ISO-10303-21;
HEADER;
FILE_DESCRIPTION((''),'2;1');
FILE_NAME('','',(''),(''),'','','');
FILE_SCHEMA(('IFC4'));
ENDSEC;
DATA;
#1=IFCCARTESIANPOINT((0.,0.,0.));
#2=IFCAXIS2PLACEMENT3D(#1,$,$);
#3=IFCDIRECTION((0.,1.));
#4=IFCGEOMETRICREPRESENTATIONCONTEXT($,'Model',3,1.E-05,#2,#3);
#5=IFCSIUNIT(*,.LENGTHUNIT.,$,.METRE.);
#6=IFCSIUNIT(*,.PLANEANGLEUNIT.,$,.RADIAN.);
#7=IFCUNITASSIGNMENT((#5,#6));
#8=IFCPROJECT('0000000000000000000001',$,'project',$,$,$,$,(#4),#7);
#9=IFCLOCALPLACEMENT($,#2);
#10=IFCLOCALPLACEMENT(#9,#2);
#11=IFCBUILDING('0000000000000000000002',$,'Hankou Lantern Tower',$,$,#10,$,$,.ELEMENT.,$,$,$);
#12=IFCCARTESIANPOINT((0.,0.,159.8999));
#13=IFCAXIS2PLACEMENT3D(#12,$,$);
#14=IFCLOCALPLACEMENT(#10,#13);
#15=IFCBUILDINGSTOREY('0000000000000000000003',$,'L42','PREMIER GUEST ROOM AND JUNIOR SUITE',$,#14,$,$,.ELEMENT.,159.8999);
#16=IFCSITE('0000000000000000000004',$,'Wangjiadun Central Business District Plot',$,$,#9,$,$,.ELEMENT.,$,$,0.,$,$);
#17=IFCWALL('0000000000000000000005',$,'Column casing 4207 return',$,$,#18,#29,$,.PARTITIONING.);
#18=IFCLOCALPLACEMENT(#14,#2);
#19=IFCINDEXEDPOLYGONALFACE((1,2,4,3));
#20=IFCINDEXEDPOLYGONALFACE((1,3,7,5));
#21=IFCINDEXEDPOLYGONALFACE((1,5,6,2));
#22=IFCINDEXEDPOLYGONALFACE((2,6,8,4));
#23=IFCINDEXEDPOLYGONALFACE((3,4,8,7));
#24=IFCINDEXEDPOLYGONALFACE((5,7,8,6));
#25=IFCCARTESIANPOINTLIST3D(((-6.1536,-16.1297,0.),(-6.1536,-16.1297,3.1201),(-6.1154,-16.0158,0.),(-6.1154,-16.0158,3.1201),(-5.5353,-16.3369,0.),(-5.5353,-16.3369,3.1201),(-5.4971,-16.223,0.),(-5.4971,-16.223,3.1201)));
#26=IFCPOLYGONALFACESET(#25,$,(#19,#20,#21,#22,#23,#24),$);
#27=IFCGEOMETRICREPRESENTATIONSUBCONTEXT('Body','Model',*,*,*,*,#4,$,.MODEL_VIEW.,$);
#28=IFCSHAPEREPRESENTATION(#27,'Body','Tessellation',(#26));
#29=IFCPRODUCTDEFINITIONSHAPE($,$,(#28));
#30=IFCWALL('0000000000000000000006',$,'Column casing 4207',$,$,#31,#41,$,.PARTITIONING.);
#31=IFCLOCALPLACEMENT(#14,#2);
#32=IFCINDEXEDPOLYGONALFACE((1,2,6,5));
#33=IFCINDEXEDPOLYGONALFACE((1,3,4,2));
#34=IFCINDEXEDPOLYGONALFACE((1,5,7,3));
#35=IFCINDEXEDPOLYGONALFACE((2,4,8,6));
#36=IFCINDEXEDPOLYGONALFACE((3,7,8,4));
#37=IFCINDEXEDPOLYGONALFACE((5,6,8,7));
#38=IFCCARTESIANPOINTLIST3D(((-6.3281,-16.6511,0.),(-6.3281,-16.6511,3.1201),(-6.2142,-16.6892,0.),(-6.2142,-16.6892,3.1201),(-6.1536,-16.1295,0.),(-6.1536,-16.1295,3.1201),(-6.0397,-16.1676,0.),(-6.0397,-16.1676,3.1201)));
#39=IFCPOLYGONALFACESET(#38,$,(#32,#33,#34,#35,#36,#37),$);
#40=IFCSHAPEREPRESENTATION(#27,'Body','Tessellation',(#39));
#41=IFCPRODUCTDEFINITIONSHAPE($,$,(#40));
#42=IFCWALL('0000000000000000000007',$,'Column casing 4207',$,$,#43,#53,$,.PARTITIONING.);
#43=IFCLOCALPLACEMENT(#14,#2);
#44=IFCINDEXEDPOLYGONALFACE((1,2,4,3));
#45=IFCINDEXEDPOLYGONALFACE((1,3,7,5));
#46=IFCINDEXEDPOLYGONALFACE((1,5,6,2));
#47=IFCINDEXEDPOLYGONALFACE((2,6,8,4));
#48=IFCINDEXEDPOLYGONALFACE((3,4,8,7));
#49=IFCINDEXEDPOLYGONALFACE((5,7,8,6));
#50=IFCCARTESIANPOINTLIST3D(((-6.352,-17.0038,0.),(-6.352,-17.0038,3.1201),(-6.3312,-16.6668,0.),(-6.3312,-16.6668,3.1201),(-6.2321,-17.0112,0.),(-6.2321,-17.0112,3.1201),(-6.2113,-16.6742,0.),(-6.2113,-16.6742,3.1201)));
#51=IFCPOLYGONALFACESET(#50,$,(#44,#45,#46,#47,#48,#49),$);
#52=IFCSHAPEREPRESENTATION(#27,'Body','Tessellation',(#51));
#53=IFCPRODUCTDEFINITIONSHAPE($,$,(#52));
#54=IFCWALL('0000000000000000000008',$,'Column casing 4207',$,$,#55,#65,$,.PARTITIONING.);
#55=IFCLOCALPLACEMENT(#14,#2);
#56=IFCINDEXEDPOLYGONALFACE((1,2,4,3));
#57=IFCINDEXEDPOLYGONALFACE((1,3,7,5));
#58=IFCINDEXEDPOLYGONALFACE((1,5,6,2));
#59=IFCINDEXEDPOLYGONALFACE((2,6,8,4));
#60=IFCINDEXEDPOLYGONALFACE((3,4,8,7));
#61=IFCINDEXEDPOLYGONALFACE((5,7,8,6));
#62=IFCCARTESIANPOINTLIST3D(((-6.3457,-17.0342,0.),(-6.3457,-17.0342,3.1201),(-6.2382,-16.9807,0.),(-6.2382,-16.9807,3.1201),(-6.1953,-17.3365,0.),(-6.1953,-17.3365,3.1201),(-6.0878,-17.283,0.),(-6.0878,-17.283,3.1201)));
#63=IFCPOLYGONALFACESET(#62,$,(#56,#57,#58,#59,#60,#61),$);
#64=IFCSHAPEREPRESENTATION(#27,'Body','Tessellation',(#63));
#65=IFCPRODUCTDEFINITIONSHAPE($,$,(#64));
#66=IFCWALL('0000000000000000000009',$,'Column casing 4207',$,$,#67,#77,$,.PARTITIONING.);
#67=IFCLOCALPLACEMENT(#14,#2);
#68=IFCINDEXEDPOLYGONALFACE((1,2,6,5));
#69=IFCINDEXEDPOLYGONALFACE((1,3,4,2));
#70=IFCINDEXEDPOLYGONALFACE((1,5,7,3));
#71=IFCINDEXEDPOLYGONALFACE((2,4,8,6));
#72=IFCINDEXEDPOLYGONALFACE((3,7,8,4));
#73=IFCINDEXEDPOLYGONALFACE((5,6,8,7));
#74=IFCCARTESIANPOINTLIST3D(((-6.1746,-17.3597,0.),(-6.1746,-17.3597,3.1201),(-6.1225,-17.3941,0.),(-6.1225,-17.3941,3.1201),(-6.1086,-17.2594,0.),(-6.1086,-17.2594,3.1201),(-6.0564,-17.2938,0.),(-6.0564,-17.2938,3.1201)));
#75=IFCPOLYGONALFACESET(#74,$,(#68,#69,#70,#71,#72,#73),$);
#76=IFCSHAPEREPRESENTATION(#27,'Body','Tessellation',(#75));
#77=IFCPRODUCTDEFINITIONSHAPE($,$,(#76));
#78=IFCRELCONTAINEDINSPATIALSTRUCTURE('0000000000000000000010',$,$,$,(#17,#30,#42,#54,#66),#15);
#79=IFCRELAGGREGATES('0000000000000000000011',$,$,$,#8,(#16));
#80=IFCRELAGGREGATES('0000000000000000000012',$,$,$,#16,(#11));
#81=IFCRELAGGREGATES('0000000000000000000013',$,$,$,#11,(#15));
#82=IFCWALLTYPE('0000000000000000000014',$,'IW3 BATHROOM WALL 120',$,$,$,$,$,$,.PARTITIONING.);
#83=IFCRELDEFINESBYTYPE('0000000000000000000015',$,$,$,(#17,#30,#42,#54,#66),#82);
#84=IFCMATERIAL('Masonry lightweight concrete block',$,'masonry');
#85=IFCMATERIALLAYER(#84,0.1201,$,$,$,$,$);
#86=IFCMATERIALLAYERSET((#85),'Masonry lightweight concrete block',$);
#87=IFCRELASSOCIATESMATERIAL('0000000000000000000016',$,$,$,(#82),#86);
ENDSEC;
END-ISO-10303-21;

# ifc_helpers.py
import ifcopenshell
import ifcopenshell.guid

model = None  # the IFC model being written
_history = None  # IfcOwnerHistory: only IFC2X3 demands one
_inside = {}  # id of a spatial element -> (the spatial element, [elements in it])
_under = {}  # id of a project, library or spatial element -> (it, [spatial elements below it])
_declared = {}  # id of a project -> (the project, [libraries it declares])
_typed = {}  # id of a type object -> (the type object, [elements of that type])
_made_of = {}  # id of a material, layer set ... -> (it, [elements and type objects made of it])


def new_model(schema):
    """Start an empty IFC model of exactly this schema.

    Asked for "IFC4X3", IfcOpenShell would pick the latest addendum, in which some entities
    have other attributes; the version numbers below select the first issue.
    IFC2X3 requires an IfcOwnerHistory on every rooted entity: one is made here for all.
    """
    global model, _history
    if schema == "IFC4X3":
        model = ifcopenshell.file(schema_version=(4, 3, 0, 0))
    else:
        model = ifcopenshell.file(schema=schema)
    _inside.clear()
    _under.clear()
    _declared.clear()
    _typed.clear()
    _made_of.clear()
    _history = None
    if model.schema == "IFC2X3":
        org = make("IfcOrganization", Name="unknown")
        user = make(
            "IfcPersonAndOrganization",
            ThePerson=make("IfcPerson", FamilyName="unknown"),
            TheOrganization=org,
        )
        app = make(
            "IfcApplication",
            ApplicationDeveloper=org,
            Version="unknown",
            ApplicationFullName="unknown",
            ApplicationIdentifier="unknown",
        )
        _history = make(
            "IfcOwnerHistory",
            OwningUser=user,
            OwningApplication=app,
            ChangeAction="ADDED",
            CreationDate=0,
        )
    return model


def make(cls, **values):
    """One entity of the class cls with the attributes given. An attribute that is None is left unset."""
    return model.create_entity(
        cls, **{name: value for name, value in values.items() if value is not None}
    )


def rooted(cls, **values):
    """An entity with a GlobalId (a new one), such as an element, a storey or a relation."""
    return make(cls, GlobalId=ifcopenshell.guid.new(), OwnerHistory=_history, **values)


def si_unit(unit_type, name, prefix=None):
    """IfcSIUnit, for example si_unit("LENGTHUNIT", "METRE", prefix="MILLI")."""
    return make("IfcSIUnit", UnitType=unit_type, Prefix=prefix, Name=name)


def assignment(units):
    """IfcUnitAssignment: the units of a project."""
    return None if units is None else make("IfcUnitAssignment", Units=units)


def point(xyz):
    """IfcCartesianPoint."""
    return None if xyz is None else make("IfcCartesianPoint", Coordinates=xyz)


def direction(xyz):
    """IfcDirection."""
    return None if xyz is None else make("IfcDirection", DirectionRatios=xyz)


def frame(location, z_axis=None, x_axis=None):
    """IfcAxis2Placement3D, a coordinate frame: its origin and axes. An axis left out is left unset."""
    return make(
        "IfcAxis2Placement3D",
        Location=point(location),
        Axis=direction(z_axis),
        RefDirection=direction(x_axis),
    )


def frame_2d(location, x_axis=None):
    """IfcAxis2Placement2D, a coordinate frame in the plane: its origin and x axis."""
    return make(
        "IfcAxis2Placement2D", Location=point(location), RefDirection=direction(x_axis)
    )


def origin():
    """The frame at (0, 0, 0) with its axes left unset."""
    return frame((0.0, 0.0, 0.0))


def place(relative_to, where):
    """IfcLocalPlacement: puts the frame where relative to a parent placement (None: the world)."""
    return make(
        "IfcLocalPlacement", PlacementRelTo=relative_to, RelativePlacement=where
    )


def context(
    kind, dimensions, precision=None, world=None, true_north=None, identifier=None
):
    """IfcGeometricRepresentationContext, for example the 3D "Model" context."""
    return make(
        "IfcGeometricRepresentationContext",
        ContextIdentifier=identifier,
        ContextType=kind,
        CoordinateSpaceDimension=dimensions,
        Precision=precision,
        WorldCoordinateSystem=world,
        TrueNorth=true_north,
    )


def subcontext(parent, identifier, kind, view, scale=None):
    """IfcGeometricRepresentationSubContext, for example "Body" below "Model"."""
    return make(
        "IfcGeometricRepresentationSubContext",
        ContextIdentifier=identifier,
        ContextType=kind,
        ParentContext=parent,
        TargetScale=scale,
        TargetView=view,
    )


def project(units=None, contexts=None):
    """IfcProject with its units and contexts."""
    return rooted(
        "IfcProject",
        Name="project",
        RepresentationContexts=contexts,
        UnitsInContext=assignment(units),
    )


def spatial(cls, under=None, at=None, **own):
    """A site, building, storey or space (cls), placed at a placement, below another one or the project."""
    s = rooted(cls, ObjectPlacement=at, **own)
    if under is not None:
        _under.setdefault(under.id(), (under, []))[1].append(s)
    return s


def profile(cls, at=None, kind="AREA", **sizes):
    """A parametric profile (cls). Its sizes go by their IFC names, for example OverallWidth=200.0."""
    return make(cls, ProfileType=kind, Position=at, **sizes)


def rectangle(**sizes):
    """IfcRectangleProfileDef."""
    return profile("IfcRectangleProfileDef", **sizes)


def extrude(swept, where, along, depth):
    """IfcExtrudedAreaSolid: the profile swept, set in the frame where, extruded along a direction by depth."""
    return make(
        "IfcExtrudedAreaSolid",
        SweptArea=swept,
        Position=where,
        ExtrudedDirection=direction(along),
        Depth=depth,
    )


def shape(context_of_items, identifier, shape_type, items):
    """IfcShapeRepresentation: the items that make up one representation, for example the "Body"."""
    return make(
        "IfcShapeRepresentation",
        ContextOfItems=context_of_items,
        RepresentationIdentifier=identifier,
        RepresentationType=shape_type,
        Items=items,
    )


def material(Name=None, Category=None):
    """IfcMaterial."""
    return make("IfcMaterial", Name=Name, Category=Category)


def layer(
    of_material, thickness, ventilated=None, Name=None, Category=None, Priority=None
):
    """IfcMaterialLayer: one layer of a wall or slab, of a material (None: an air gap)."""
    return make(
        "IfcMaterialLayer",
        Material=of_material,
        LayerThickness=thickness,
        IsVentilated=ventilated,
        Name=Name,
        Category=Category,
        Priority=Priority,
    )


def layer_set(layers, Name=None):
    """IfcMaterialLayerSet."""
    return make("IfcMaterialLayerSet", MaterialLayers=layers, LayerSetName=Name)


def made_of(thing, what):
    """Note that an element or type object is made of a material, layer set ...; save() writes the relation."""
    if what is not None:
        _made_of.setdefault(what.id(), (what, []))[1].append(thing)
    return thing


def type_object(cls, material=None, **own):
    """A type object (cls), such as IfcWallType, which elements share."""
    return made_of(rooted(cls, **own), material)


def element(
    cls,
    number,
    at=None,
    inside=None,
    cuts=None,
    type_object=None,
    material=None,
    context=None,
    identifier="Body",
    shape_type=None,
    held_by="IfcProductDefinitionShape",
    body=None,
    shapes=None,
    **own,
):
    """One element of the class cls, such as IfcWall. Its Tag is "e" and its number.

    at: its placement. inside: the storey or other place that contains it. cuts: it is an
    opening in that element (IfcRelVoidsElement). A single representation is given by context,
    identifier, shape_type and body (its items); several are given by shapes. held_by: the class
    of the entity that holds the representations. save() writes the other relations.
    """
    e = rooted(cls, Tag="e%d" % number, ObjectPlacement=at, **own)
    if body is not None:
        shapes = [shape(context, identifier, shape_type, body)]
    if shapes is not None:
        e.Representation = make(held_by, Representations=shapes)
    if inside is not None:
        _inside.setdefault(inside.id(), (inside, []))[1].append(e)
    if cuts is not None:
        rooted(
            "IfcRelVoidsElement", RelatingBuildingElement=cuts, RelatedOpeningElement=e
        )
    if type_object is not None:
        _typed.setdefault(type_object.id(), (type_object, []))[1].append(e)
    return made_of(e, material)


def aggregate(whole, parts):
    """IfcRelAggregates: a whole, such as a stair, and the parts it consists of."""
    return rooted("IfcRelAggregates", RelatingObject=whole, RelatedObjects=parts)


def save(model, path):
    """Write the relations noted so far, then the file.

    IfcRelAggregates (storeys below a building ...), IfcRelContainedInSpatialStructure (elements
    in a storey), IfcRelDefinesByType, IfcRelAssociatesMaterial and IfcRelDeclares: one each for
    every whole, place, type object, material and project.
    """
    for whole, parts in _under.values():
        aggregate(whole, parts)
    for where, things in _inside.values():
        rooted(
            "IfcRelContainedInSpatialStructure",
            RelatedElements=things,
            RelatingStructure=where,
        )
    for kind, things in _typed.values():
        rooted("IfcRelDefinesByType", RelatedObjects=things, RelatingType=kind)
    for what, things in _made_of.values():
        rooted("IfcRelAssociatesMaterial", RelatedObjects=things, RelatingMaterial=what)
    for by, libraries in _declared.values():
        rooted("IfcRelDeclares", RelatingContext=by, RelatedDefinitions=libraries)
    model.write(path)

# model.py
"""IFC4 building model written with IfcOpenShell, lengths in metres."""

from ifc_helpers import new_model, si_unit, direction, frame, frame_2d, origin, place, context, subcontext, project, spatial, rectangle, extrude, material, layer, layer_set, type_object, element, save


model = new_model("IFC4")

# Units and contexts
model_context = context("Model", 3, precision=1e-05, world=origin(), true_north=direction((0.0, 1.0)))
body_context = subcontext(model_context, "Body", "Model", "MODEL_VIEW")
ifc_project = project(units=[si_unit("LENGTHUNIT", "METRE"), si_unit("PLANEANGLEUNIT", "RADIAN")], contexts=[model_context])

# Site, building, storey
site_placement = place(None, origin())
site = spatial("IfcSite", under=ifc_project, at=site_placement, Name="Wangjiadun Central Business District Plot", CompositionType="ELEMENT", RefElevation=0.0)
building_placement = place(site_placement, origin())
building = spatial("IfcBuilding", under=site, at=building_placement, Name="Hankou Lantern Tower", CompositionType="ELEMENT")
storey_placement = place(building_placement, frame((0.0, 0.0, 159.8999)))
storey = spatial("IfcBuildingStorey", under=building, at=storey_placement, Name="L42", Description="PREMIER GUEST ROOM AND JUNIOR SUITE", CompositionType="ELEMENT", Elevation=159.8999)

# Shared definitions
ifc_material_1 = material(Name="Masonry lightweight concrete block", Category="masonry")
ifc_layer_1 = layer(ifc_material_1, 0.1201)
ifc_layer_set_1 = layer_set([ifc_layer_1], Name="Masonry lightweight concrete block")
wall_type_1 = type_object("IfcWallType", Name="IW3 BATHROOM WALL 120", PredefinedType="PARTITIONING", material=ifc_layer_set_1)

# Walls
wall_1_placement = place(storey_placement, frame((-5.5161, -16.28, 0.0), z_axis=(0.0, 0.0, 1.0), x_axis=(-0.948158, 0.317799, 0.0)))
element("IfcWall", 1, at=wall_1_placement, inside=storey, type_object=wall_type_1, Name="Column casing 4207 return", PredefinedType="PARTITIONING", context=body_context, shape_type="SweptSolid", body=[
    extrude(rectangle(XDim=0.6521, YDim=0.1201, at=frame_2d((0.3262, 0.0))), origin(), (0.0, 0.0, 1.0), 3.1201),
])
wall_2_placement = place(storey_placement, frame((-6.0967, -16.1487, 0.0), z_axis=(0.0, 0.0, 1.0), x_axis=(-0.317293, -0.948328, 0.0)))
element("IfcWall", 2, at=wall_2_placement, inside=storey, type_object=wall_type_1, Name="Column casing 4207", PredefinedType="PARTITIONING", context=body_context, shape_type="SweptSolid", body=[
    extrude(rectangle(XDim=0.55, YDim=0.1201, at=frame_2d((0.2749, 0.0))), origin(), (0.0, 0.0, 1.0), 3.1201),
])
for number, where, z_axis, x_axis, name in (
    (3, (-6.2712, -16.6704, 0.0), (0.0, 0.0, 1.0), (-0.061478, -0.998108, 0.0), "Column casing 4207"),
    (4, (-6.292, -17.0073, 0.0), (0.0, 0.0, 1.0), (0.445477, -0.895293, 0.0), "Column casing 4207"),
):
    element("IfcWall", number, at=place(storey_placement, frame(where, z_axis=z_axis, x_axis=x_axis)), inside=storey, type_object=wall_type_1, Name=name, PredefinedType="PARTITIONING", context=body_context, shape_type="SweptSolid", body=[
        extrude(rectangle(XDim=0.3376, YDim=0.1201, at=frame_2d((0.1689, 0.0))), origin(), (0.0, 0.0, 1.0), 3.1201),
    ])
wall_3_placement = place(storey_placement, frame((-6.1416, -17.3096, 0.0), z_axis=(0.0, 0.0, 1.0), x_axis=(0.83504, -0.55019, 0.0)))
element("IfcWall", 5, at=wall_3_placement, inside=storey, type_object=wall_type_1, Name="Column casing 4207", PredefinedType="PARTITIONING", context=body_context, shape_type="SweptSolid", body=[
    extrude(rectangle(XDim=0.0625, YDim=0.1201, at=frame_2d((0.0312, 0.0))), origin(), (0.0, 0.0, 1.0), 3.1201),
])

save(model, "model.ifc")
